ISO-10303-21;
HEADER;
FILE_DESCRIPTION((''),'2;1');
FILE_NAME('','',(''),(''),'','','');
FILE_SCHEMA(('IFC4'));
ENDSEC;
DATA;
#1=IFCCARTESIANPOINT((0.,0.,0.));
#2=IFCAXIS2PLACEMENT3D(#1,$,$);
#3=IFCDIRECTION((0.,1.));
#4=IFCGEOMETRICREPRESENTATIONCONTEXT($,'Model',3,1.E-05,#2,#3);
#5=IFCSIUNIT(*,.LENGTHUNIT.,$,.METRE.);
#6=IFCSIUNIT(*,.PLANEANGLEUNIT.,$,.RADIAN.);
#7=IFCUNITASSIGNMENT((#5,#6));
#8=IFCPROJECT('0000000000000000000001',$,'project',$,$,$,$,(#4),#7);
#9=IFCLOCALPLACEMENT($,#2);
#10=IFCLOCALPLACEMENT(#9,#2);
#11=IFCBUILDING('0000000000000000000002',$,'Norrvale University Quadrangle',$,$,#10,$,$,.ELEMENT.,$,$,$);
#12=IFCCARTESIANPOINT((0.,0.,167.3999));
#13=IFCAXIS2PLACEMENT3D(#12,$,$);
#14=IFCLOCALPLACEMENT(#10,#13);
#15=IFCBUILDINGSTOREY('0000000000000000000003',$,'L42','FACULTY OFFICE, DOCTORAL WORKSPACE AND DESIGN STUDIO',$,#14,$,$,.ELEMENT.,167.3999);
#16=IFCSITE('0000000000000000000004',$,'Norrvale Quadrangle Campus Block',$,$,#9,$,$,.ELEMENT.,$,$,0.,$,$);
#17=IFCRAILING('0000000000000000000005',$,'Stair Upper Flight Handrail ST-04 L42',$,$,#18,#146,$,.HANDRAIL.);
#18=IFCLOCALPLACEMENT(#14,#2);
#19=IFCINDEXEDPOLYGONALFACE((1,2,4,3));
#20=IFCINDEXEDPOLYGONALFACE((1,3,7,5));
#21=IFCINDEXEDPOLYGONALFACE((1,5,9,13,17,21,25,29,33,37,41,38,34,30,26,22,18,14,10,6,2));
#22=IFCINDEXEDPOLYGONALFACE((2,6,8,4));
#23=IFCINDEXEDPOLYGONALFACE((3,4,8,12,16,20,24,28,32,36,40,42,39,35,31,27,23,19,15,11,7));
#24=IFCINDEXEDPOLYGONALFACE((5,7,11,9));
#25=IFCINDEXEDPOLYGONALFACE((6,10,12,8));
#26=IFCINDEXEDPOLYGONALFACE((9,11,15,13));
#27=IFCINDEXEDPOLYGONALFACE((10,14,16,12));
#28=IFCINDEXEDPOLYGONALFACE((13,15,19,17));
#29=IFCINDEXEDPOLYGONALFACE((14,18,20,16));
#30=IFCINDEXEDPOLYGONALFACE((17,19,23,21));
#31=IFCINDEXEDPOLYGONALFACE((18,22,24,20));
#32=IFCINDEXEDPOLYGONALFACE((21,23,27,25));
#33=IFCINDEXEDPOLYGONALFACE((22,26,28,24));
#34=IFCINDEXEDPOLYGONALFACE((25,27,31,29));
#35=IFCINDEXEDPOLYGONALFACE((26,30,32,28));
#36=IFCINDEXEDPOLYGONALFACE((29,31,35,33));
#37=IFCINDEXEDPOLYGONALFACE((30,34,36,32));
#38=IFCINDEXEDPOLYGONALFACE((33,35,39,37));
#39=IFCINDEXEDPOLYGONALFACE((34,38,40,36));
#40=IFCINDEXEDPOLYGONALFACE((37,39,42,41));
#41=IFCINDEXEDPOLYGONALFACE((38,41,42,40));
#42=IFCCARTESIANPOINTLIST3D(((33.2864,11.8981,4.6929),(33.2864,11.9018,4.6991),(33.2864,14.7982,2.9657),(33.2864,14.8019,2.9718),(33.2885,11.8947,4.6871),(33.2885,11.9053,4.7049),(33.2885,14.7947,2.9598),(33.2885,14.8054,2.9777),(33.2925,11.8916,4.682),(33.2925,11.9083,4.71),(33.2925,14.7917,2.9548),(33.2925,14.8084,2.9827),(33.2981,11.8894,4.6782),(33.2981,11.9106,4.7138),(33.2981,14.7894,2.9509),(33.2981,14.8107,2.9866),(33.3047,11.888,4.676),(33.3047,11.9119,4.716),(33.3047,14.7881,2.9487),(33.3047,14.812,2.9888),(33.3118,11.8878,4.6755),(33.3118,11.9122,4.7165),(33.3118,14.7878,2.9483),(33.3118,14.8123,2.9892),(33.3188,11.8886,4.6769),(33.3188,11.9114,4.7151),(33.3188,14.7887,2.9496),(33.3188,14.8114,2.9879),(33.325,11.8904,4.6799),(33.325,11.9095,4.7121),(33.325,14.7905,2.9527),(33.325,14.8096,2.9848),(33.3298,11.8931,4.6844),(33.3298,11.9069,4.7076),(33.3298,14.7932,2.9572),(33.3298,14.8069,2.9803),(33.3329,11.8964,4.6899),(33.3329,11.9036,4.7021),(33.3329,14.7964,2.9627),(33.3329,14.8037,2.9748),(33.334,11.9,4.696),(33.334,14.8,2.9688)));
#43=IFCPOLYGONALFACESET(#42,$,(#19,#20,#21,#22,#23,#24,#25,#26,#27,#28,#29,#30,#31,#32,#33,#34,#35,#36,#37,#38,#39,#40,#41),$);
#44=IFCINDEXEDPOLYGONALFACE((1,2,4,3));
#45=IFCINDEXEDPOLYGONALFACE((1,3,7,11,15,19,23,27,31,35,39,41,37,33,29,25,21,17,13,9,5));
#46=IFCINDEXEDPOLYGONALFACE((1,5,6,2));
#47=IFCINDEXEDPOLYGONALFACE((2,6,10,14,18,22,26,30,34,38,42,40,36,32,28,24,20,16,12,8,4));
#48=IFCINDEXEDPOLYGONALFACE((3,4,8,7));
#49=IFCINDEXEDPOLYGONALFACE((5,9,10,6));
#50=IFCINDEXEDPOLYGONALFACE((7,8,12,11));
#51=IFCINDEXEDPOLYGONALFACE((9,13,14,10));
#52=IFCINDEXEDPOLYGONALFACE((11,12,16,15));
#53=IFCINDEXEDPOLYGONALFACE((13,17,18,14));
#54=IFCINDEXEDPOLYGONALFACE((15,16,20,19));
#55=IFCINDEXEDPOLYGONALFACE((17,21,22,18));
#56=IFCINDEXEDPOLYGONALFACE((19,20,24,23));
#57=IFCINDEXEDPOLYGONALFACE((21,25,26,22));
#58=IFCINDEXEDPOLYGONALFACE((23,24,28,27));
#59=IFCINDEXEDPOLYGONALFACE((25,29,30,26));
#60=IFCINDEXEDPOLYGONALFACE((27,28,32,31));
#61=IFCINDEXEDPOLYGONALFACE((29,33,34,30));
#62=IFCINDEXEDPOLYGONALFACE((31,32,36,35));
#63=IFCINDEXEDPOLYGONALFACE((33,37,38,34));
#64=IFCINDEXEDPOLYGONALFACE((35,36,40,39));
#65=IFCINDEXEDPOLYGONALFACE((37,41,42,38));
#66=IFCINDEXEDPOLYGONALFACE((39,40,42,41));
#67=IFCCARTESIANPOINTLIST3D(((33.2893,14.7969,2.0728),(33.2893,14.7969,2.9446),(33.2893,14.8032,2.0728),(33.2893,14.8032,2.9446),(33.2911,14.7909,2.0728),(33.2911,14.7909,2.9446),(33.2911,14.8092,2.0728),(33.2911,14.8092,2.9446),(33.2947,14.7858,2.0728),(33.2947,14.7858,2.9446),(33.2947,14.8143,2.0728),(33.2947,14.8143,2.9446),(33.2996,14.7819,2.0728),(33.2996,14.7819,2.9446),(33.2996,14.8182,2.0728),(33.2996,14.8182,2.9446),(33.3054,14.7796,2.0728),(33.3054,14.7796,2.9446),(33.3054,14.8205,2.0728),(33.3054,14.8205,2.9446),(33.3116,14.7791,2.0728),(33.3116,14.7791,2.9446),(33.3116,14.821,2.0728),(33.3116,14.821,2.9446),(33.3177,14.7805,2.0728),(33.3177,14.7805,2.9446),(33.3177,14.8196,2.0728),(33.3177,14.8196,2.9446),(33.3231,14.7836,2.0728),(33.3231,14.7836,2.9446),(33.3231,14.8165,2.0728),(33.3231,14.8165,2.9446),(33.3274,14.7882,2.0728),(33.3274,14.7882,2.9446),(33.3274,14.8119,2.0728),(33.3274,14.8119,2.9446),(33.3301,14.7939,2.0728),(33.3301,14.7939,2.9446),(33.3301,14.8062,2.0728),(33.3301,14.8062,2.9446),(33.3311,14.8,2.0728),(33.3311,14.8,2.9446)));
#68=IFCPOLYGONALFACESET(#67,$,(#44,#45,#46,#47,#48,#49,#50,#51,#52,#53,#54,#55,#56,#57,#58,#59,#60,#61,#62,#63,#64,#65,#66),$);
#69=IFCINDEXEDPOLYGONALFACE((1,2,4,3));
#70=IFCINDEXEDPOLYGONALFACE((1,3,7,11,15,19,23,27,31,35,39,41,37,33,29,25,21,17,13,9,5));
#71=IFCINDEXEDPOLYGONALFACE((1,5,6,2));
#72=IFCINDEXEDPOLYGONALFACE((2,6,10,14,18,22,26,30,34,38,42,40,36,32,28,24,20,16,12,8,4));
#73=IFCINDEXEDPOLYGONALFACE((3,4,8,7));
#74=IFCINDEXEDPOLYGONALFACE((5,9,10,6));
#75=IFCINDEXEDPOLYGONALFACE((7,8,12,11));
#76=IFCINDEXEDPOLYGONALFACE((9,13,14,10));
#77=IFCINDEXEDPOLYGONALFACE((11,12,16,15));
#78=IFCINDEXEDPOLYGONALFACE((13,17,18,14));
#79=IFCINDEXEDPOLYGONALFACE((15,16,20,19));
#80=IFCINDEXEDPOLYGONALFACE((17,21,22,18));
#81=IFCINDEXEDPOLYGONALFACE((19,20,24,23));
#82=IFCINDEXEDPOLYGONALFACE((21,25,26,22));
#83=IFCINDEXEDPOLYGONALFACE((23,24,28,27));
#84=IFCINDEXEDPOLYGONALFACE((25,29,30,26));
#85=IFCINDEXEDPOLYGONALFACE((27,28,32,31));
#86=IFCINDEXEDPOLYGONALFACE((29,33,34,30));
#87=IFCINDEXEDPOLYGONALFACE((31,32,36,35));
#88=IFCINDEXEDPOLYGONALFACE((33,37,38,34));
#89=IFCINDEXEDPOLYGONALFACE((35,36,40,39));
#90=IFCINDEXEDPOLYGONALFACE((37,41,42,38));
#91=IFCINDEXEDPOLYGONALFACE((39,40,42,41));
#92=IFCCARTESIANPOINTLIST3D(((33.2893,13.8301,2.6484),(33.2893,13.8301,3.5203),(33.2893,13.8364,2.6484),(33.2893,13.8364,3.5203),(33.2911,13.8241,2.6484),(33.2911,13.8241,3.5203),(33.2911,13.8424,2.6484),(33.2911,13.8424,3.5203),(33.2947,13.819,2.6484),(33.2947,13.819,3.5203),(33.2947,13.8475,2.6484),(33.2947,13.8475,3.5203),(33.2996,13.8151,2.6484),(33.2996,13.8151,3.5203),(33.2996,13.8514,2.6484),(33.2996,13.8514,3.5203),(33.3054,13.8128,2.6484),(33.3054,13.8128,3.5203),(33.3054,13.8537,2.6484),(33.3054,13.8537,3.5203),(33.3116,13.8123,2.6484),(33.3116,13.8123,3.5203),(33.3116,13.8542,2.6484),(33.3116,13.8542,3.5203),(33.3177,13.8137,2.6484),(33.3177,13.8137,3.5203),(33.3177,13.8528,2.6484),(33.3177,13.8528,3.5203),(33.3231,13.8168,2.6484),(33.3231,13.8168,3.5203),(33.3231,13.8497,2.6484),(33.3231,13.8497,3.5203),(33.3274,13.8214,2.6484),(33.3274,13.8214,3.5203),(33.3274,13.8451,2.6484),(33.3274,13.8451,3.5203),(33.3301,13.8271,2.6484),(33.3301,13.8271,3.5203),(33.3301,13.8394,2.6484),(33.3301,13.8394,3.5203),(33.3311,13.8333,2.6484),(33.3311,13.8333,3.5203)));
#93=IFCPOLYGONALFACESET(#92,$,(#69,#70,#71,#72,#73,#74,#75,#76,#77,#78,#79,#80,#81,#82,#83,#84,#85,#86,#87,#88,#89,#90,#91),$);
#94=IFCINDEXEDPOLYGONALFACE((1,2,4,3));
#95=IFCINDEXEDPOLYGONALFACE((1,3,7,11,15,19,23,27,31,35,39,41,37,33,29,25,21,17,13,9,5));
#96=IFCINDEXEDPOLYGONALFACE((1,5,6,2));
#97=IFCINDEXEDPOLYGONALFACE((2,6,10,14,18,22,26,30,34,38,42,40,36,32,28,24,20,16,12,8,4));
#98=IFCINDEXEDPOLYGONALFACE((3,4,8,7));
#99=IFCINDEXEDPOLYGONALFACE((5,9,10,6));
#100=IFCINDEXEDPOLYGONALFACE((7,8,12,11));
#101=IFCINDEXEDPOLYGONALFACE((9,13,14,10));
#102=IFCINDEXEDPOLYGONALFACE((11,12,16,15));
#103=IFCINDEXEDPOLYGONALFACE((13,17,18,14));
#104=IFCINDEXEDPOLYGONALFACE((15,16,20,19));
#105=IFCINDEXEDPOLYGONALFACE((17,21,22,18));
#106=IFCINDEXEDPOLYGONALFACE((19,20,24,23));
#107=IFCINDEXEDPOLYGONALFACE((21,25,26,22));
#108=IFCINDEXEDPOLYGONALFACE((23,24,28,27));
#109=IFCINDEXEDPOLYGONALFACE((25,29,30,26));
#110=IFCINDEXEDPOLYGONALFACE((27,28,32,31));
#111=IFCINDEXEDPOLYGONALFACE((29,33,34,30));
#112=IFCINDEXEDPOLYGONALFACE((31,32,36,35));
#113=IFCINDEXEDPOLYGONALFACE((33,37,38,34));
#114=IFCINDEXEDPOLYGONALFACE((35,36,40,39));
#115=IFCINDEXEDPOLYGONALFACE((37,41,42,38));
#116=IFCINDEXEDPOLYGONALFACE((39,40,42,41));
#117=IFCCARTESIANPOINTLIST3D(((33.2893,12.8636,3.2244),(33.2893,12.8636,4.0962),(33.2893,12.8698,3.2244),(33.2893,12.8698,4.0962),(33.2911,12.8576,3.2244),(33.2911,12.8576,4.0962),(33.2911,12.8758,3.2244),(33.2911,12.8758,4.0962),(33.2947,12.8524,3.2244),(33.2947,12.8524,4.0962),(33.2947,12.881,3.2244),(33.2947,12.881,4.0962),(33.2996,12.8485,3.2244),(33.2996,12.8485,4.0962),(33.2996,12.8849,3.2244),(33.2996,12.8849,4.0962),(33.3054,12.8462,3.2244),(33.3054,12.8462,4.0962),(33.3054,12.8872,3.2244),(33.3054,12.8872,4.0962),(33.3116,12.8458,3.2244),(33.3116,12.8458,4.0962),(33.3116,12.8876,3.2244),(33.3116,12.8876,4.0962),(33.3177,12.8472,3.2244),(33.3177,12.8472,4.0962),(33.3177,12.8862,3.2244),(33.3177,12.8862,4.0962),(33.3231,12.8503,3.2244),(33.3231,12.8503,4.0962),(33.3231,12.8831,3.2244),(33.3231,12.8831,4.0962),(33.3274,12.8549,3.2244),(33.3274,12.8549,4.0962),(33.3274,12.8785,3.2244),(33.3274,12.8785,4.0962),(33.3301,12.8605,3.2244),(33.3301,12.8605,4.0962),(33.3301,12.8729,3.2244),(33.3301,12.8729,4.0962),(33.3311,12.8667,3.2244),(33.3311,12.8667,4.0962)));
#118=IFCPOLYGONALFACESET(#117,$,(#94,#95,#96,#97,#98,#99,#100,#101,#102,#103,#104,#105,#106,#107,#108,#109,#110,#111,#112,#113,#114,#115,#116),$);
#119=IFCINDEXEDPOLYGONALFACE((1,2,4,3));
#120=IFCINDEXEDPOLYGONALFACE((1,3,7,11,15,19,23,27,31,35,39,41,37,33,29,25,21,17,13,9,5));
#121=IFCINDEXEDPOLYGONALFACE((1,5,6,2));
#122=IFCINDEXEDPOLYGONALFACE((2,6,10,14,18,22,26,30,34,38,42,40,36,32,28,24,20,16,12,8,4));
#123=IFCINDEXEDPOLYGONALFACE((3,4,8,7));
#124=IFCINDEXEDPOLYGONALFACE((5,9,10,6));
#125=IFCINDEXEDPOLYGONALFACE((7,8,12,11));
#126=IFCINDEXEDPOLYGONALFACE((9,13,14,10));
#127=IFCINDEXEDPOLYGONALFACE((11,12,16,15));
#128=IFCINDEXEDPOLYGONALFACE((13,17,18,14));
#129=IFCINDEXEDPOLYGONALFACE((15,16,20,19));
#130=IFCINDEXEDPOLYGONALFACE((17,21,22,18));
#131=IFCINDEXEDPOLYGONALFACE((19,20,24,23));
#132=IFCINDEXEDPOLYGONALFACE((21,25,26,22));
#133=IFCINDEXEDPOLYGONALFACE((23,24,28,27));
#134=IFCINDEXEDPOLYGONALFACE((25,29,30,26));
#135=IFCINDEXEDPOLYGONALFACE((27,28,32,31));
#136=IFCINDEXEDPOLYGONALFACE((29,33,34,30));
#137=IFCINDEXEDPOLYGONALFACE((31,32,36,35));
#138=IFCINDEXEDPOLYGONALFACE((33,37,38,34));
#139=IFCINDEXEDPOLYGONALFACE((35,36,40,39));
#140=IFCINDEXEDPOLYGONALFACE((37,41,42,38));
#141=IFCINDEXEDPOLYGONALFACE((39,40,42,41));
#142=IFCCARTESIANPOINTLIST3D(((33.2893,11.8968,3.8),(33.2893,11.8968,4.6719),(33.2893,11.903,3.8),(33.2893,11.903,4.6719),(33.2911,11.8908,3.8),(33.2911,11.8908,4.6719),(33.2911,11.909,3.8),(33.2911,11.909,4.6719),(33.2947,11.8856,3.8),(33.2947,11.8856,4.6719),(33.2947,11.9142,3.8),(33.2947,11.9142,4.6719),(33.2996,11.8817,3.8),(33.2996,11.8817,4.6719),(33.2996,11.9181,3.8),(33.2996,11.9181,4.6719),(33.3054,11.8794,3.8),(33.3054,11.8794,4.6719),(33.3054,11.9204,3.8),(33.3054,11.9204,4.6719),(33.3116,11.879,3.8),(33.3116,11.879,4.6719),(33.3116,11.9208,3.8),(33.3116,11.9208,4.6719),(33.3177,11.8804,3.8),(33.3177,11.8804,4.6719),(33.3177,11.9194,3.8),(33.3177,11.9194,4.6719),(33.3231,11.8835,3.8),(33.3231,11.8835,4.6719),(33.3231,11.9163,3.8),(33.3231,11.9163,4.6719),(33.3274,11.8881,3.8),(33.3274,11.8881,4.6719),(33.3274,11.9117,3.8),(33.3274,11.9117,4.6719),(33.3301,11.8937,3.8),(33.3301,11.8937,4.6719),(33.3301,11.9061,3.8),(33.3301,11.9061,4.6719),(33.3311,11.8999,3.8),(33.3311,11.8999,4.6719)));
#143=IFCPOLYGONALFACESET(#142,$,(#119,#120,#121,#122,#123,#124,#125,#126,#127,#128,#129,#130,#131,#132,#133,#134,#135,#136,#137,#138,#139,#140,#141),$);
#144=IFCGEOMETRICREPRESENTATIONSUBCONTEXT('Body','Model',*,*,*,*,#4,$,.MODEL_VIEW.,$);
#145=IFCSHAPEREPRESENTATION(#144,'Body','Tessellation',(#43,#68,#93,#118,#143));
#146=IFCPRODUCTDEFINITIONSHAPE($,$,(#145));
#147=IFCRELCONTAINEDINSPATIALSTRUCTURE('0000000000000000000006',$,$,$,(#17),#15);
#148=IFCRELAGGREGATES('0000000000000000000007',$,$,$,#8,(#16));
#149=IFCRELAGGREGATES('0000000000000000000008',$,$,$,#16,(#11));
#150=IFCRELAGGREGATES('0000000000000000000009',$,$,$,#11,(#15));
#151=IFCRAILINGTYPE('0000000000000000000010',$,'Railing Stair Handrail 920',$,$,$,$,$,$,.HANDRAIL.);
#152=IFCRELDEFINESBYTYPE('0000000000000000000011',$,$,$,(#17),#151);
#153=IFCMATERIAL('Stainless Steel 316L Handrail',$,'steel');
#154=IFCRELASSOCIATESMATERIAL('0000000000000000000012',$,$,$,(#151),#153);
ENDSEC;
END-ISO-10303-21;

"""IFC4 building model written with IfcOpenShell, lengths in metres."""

from ifc_helpers import new_model, si_unit, direction, frame, origin, origin_2d, place, context, subcontext, project, spatial, circle, extrude, material, type_object, element, save


model = new_model("IFC4")

# Units and contexts
model_context = context("Model", 3, precision=1e-05, world=origin(), true_north=direction((0.0, 1.0)))
body_context = subcontext(model_context, "Body", "Model", "MODEL_VIEW")
ifc_project = project(units=[si_unit("LENGTHUNIT", "METRE"), si_unit("PLANEANGLEUNIT", "RADIAN")], contexts=[model_context])

# Site, building, storey
site_placement = place(None, origin())
site = spatial("IfcSite", under=ifc_project, at=site_placement, Name="Norrvale Quadrangle Campus Block", CompositionType="ELEMENT", RefElevation=0.0)
building_placement = place(site_placement, origin())
building = spatial("IfcBuilding", under=site, at=building_placement, Name="Norrvale University Quadrangle", CompositionType="ELEMENT")
storey_placement = place(building_placement, frame((0.0, 0.0, 167.3999)))
storey = spatial("IfcBuildingStorey", under=building, at=storey_placement, Name="L42", Description="FACULTY OFFICE, DOCTORAL WORKSPACE AND DESIGN STUDIO", CompositionType="ELEMENT", Elevation=167.3999)

# Railing
ifc_material_1 = material(Name="Stainless Steel 316L Handrail", Category="steel")
railing_type_1 = type_object("IfcRailingType", Name="Railing Stair Handrail 920", PredefinedType="HANDRAIL", material=ifc_material_1)
railing_1_placement = place(storey_placement, frame((33.3101, 14.8, 2.0728)))
element("IfcRailing", 1, at=railing_1_placement, inside=storey, type_object=railing_type_1, Name="Stair Upper Flight Handrail ST-04 L42", PredefinedType="HANDRAIL", context=body_context, shape_type="SweptSolid", body=[
    extrude(circle(Radius=0.0239, at=origin_2d()), frame((0.0, 0.0, 0.896), z_axis=(0.0, -0.85916, 0.511706), x_axis=(1.0, 0.0, 0.0)), (0.0, 0.0, 1.0), 3.3755),
    extrude(circle(Radius=0.021, at=origin_2d()), origin(), (0.0, 0.0, 1.0), 0.8718),
    extrude(circle(Radius=0.021, at=origin_2d()), frame((0.0, -0.9668, 0.5757)), (0.0, 0.0, 1.0), 0.8718),
    extrude(circle(Radius=0.021, at=origin_2d()), frame((0.0, -1.9333, 1.1516)), (0.0, 0.0, 1.0), 0.8718),
    extrude(circle(Radius=0.021, at=origin_2d()), frame((0.0, -2.9001, 1.7273)), (0.0, 0.0, 1.0), 0.8718),
])

save(model, "model.ifc")
